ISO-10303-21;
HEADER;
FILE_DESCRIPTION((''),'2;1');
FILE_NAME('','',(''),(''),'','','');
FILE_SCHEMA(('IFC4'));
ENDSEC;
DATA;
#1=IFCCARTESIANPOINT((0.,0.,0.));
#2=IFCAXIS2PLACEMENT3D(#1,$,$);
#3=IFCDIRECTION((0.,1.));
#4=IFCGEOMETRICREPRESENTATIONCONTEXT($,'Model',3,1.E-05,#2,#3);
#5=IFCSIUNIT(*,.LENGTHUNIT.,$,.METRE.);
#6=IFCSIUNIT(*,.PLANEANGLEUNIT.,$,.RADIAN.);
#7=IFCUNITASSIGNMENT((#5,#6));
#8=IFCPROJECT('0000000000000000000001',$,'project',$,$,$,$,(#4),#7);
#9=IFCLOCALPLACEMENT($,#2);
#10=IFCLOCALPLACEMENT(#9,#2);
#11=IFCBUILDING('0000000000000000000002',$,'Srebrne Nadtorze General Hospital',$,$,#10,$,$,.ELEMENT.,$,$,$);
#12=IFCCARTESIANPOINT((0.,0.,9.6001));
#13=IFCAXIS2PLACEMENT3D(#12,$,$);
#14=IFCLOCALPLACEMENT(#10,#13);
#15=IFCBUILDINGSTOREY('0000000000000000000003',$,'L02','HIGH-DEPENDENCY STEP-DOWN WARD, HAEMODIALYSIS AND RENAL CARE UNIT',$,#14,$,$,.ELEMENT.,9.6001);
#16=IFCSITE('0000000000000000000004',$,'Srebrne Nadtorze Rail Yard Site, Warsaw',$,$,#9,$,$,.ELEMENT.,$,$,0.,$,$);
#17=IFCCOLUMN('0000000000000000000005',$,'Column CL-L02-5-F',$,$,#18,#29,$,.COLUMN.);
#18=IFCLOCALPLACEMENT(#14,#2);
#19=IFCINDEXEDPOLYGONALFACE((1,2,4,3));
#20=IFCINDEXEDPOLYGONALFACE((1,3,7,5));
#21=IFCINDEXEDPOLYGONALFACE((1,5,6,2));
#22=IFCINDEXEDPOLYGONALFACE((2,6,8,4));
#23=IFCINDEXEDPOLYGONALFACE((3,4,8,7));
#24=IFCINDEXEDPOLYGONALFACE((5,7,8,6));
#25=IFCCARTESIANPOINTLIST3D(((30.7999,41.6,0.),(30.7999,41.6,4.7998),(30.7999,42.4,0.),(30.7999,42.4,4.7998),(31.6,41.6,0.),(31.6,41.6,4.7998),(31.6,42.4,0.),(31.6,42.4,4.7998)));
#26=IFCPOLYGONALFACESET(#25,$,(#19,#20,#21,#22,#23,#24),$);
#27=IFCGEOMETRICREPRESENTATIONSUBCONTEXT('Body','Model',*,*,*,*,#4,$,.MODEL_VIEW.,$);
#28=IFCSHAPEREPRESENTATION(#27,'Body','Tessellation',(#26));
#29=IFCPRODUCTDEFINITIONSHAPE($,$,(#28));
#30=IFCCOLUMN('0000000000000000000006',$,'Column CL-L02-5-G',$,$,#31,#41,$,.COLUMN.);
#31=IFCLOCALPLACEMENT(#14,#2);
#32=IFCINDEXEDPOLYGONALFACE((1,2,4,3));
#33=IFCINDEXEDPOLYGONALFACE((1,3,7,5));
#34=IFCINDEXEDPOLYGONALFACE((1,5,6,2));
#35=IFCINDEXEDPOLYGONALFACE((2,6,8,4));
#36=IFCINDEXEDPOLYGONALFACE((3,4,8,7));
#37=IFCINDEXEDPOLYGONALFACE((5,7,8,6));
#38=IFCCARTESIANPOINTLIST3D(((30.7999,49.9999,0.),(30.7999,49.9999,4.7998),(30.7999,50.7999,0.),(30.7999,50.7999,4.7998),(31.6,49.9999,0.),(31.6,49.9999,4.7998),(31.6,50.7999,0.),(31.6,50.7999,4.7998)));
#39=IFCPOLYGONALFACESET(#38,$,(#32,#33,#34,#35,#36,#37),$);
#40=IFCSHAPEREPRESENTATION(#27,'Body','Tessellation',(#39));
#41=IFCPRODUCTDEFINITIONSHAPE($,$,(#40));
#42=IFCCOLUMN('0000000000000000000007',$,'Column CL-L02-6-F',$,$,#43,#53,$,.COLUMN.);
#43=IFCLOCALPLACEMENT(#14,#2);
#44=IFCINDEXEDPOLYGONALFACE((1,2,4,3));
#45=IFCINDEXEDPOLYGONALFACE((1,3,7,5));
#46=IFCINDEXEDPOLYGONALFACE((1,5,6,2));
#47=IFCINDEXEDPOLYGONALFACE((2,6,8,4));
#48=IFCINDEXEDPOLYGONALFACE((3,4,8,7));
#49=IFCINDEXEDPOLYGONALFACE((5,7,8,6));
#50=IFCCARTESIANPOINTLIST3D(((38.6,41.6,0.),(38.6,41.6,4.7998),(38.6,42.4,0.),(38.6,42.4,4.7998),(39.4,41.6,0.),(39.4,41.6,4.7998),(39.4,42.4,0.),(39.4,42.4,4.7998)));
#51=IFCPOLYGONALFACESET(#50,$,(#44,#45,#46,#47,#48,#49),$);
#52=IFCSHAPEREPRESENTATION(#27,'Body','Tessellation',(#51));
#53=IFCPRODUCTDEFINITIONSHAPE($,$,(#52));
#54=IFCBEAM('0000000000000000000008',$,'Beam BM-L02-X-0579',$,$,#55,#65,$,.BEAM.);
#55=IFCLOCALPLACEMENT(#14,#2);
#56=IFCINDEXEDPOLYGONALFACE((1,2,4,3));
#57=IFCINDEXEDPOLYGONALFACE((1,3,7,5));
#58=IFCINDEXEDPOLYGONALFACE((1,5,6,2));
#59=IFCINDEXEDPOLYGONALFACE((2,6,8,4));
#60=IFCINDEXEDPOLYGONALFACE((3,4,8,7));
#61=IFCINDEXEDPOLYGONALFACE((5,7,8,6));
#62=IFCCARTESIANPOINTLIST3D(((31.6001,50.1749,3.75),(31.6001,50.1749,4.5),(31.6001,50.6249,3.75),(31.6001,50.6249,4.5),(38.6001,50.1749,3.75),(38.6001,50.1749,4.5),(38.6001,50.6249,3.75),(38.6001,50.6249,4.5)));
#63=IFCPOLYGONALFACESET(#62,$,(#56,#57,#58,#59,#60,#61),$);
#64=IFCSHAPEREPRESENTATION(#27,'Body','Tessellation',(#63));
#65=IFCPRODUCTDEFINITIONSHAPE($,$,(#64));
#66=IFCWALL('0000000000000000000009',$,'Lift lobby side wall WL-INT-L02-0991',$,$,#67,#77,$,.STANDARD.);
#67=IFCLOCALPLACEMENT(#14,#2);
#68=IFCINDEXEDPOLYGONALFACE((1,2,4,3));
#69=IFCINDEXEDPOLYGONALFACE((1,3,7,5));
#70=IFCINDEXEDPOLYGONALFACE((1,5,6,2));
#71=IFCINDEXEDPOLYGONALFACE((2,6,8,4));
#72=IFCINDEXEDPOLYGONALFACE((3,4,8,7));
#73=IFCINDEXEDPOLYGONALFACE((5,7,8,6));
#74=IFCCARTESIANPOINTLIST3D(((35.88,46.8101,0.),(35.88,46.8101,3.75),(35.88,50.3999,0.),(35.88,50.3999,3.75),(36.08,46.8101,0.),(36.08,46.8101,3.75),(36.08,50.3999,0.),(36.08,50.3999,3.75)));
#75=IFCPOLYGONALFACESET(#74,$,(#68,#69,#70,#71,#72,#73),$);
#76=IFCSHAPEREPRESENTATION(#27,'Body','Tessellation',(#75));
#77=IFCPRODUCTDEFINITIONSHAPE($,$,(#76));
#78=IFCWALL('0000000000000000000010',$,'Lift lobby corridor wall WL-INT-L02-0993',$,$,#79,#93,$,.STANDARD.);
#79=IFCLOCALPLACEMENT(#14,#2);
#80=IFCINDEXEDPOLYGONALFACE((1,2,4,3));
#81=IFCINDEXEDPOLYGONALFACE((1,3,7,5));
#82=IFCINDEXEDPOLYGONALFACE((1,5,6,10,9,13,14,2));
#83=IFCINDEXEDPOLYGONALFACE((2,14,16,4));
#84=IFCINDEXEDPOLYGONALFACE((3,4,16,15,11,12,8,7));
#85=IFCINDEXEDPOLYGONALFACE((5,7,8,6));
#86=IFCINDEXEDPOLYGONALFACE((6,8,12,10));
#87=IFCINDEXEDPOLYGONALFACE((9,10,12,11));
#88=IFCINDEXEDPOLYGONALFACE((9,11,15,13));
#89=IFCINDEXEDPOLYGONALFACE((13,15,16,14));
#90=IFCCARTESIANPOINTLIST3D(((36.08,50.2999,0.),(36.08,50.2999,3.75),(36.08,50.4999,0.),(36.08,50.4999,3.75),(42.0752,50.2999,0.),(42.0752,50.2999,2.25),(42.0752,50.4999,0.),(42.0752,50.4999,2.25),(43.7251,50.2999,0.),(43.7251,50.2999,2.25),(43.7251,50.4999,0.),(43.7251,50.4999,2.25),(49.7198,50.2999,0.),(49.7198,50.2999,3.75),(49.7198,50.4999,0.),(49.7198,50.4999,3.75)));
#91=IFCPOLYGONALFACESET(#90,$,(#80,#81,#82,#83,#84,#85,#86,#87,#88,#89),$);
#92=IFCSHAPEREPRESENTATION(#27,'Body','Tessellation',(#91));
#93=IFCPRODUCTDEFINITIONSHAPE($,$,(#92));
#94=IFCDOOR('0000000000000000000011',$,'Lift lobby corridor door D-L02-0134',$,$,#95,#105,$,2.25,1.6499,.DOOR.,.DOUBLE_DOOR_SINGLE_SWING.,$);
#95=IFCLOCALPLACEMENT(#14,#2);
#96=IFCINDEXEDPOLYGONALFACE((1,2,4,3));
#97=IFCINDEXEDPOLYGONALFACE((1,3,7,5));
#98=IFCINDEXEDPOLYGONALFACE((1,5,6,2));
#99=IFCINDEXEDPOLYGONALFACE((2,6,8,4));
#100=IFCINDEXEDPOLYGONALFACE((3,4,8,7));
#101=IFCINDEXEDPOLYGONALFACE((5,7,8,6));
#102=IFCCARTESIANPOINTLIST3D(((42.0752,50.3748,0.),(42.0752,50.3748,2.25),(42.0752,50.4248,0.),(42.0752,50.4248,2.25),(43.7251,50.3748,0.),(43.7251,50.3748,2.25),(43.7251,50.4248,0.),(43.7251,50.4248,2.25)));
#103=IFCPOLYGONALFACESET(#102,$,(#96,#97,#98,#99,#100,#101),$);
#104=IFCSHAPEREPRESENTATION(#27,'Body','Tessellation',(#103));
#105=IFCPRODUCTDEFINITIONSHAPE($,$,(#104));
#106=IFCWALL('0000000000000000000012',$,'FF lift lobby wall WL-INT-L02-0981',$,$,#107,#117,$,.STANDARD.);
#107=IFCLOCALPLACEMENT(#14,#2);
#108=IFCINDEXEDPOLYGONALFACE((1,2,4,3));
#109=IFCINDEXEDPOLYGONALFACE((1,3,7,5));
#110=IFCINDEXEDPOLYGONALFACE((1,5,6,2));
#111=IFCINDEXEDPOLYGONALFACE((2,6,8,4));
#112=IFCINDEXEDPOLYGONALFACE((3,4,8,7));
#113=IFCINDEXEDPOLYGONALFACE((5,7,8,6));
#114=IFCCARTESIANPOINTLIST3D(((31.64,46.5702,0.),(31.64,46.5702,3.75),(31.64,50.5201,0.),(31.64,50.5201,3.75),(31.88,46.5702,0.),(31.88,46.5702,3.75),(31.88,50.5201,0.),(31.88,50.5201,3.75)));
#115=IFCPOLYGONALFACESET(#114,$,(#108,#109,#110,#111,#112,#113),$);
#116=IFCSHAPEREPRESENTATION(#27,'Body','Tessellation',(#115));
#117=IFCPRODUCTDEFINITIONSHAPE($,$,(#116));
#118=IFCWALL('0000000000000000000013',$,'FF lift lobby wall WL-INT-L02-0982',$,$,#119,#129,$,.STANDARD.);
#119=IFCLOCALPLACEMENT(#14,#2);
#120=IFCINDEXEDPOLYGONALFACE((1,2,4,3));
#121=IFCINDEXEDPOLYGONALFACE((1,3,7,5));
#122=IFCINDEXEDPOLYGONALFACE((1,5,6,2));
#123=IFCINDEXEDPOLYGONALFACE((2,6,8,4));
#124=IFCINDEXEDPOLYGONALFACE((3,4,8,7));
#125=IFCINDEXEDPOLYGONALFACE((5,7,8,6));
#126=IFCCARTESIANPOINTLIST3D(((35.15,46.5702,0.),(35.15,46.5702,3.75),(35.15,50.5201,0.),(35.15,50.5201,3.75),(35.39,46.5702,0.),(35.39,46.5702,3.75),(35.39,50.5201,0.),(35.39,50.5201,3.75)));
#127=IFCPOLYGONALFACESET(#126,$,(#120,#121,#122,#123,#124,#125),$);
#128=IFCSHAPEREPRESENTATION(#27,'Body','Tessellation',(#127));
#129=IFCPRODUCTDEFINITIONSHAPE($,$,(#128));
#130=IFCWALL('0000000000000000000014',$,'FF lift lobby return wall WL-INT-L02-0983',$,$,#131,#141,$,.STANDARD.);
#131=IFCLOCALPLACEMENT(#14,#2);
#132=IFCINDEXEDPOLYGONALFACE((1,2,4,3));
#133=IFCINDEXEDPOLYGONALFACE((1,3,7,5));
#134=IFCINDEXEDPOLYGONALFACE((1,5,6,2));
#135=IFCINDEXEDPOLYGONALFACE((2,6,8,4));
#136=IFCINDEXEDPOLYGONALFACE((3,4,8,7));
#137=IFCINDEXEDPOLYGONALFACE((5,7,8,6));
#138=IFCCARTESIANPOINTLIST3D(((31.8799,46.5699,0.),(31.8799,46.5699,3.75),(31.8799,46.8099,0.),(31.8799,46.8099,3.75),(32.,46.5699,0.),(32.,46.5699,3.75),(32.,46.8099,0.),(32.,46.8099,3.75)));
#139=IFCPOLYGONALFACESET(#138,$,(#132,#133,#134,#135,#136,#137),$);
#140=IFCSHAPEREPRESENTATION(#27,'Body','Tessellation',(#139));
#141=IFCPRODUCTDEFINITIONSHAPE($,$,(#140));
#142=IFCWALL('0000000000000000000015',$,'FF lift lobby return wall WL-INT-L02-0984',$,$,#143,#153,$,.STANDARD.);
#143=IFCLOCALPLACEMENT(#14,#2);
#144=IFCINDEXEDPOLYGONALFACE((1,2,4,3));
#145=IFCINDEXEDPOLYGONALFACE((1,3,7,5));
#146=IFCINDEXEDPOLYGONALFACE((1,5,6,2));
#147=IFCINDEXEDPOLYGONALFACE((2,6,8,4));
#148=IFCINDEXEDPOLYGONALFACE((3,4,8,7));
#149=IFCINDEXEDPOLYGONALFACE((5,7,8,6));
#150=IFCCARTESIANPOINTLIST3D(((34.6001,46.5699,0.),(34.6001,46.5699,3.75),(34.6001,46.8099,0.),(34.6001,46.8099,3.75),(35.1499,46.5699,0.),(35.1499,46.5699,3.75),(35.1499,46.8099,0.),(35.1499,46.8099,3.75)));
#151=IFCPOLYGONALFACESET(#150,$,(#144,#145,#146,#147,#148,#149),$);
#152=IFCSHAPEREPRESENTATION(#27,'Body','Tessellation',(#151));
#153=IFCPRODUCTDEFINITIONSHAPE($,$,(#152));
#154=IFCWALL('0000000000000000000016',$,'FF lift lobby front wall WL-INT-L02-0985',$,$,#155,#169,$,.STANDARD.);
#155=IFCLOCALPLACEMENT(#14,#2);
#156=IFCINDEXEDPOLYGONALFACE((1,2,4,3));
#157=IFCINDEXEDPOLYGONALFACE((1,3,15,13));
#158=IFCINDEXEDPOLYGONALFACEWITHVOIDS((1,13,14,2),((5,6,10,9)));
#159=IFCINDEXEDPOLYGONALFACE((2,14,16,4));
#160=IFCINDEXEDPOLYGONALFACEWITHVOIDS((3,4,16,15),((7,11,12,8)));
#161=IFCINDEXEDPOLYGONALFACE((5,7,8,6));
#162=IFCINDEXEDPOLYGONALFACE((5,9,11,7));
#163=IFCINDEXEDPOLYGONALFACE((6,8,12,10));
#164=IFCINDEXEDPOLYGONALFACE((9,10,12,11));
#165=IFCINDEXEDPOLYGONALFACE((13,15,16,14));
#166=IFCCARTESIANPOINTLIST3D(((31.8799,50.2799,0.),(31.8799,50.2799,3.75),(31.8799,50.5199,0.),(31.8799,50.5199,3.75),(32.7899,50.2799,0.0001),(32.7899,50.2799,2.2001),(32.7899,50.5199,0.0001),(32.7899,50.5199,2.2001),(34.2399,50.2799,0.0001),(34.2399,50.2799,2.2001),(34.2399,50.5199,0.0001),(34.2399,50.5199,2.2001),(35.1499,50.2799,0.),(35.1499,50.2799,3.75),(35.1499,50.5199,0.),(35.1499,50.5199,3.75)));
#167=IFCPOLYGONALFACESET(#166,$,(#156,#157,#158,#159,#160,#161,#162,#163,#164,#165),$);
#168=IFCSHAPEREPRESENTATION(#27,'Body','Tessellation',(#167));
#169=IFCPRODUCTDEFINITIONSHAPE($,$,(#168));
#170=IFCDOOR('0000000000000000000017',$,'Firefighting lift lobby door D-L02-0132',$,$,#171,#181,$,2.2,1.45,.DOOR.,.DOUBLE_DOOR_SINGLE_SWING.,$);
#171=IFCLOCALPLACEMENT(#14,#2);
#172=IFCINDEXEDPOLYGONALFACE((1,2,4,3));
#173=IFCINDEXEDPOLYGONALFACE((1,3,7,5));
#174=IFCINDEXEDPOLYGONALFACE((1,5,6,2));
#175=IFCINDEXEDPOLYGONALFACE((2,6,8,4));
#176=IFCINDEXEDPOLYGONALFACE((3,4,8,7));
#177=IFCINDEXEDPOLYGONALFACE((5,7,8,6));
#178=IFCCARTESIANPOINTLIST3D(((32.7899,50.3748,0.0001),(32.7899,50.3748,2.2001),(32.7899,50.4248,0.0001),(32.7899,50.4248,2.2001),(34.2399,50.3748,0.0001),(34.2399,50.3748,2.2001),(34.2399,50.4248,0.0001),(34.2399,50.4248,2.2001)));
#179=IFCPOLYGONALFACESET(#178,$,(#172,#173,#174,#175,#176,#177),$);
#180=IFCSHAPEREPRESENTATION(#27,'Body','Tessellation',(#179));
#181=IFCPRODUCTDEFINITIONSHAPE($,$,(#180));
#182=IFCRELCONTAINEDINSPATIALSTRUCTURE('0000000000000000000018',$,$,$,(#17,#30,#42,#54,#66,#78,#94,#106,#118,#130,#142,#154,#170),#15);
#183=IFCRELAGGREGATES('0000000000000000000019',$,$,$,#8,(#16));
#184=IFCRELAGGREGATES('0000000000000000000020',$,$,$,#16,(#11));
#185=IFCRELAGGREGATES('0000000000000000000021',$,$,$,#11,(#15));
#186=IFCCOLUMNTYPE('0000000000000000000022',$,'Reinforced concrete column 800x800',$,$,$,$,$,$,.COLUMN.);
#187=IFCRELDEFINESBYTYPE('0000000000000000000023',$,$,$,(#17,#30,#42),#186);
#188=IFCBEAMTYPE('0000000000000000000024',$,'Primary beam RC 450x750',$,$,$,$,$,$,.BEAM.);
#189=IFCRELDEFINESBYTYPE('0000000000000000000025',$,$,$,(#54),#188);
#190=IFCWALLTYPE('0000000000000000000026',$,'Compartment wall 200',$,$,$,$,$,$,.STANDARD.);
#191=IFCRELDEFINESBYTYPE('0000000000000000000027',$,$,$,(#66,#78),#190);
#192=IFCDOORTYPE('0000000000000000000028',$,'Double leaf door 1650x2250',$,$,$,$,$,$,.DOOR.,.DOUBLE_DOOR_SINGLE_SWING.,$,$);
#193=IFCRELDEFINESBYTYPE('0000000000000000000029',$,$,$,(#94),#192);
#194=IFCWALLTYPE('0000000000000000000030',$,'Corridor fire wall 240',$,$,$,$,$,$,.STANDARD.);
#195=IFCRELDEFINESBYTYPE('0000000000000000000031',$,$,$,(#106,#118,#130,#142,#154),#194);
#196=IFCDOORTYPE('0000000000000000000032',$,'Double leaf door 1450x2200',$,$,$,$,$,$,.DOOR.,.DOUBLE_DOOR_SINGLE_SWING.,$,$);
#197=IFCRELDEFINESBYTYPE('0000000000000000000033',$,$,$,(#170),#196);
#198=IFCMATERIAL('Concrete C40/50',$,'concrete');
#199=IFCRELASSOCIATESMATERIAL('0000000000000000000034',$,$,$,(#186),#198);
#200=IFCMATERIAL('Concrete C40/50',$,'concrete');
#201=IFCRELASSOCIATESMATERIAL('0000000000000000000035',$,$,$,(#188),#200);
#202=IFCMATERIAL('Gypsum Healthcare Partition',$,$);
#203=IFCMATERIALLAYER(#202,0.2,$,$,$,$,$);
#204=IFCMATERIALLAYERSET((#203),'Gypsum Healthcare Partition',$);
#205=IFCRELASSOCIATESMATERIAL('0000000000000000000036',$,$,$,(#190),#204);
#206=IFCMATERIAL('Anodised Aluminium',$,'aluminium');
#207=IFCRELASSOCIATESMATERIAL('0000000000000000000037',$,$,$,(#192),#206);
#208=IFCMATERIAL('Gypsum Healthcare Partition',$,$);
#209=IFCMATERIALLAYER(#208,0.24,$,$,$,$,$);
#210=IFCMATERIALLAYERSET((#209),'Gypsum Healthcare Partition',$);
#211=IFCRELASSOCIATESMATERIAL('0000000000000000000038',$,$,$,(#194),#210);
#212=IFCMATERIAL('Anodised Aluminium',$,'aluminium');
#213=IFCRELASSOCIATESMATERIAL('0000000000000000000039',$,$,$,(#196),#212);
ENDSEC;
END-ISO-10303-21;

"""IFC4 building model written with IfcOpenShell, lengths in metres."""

from ifc_helpers import new_model, si_unit, direction, frame, frame_2d, origin, origin_2d, place, context, subcontext, project, spatial, rectangle, extrude, material, layer, layer_set, material_profile, profile_set, type_object, element, fill, save


model = new_model("IFC4")

# Units and contexts
model_context = context("Model", 3, precision=1e-05, world=origin(), true_north=direction((0.0, 1.0)))
body_context = subcontext(model_context, "Body", "Model", "MODEL_VIEW")
ifc_project = project(units=[si_unit("LENGTHUNIT", "METRE"), si_unit("PLANEANGLEUNIT", "RADIAN")], contexts=[model_context])

# Site, building, storey
site_placement = place(None, origin())
site = spatial("IfcSite", under=ifc_project, at=site_placement, Name="Srebrne Nadtorze Rail Yard Site, Warsaw", CompositionType="ELEMENT", RefElevation=0.0)
building_placement = place(site_placement, origin())
building = spatial("IfcBuilding", under=site, at=building_placement, Name="Srebrne Nadtorze General Hospital", CompositionType="ELEMENT")
storey_placement = place(building_placement, frame((0.0, 0.0, 9.6001)))
storey = spatial("IfcBuildingStorey", under=building, at=storey_placement, Name="L02", Description="HIGH-DEPENDENCY STEP-DOWN WARD, HAEMODIALYSIS AND RENAL CARE UNIT", CompositionType="ELEMENT", Elevation=9.6001)

# Columns
ifc_material_1 = material(Name="Concrete C40/50", Category="concrete")
ifc_material_profile_1 = material_profile(ifc_material_1, rectangle(XDim=0.8, YDim=0.8, at=origin_2d()), Name="RC-COL-800x800")
ifc_profile_set_1 = profile_set([ifc_material_profile_1], Name="Concrete C40/50")
column_type = type_object("IfcColumnType", Name="Reinforced concrete column 800x800", PredefinedType="COLUMN", material=ifc_profile_set_1)
for number, where, z_axis, x_axis, name in (
    (1, (31.2, 42.0, 0.0), (0.0, 0.0, 1.0), (1.0, 0.0, 0.0), "Column CL-L02-5-F"),
    (2, (31.2, 50.3999, 0.0), (0.0, 0.0, 1.0), (1.0, 0.0, 0.0), "Column CL-L02-5-G"),
    (3, (39.0, 42.0, 0.0), (0.0, 0.0, 1.0), (1.0, 0.0, 0.0), "Column CL-L02-6-F"),
):
    element("IfcColumn", number, at=place(storey_placement, frame(where, z_axis=z_axis, x_axis=x_axis)), inside=storey, type_object=column_type, Name=name, PredefinedType="COLUMN", context=body_context, shape_type="SweptSolid", body=[
        extrude(rectangle(XDim=0.8, YDim=0.8, at=origin_2d()), origin(), (0.0, 0.0, 1.0), 4.7998),
    ])

# Beam
ifc_material_2 = material(Name="Concrete C40/50", Category="concrete")
ifc_material_profile_2 = material_profile(ifc_material_2, rectangle(XDim=0.45, YDim=0.75, at=origin_2d()), Name="RC-BM-450x750")
ifc_profile_set_2 = profile_set([ifc_material_profile_2], Name="Concrete C40/50")
beam_type = type_object("IfcBeamType", Name="Primary beam RC 450x750", PredefinedType="BEAM", material=ifc_profile_set_2)
beam_placement = place(storey_placement, frame((31.6001, 50.3999, 4.125), z_axis=(1.0, 0.0, 0.0), x_axis=(0.0, 1.0, 0.0)))
element("IfcBeam", 4, at=beam_placement, inside=storey, type_object=beam_type, Name="Beam BM-L02-X-0579", PredefinedType="BEAM", context=body_context, shape_type="SweptSolid", body=[
    extrude(rectangle(XDim=0.45, YDim=0.75, at=origin_2d()), origin(), (0.0, 0.0, 1.0), 7.0),
])

# Wall
ifc_material_3 = material(Name="Gypsum Healthcare Partition")
ifc_layer_1 = layer(ifc_material_3, 0.2)
ifc_layer_set_1 = layer_set([ifc_layer_1], Name="Gypsum Healthcare Partition")
wall_type_1 = type_object("IfcWallType", Name="Compartment wall 200", PredefinedType="STANDARD", material=ifc_layer_set_1)
wall_1_placement = place(storey_placement, frame((35.98, 46.8101, 0.0), z_axis=(0.0, 0.0, 1.0), x_axis=(0.0, 1.0, 0.0)))
element("IfcWall", 5, at=wall_1_placement, inside=storey, type_object=wall_type_1, Name="Lift lobby side wall WL-INT-L02-0991", PredefinedType="STANDARD", context=body_context, shape_type="SweptSolid", body=[
    extrude(rectangle(XDim=3.5898, YDim=0.2, at=frame_2d((1.7949, 0.0))), origin(), (0.0, 0.0, 1.0), 3.75),
])

# Wall, opening, door
wall_2_placement = place(storey_placement, frame((36.0801, 50.3999, 0.0), z_axis=(0.0, 0.0, 1.0), x_axis=(1.0, 0.0, 0.0)))
wall_2 = element("IfcWall", 6, at=wall_2_placement, inside=storey, type_object=wall_type_1, Name="Lift lobby corridor wall WL-INT-L02-0993", PredefinedType="STANDARD", context=body_context, shape_type="SweptSolid", body=[
    extrude(rectangle(XDim=13.6399, YDim=0.2, at=frame_2d((6.8198, 0.0))), origin(), (0.0, 0.0, 1.0), 3.75),
])
opening_1_placement = place(wall_2_placement, frame((5.9951, 0.0, 0.0)))
opening_1 = element("IfcOpeningElement", 7, at=opening_1_placement, cuts=wall_2, PredefinedType="OPENING", context=body_context, shape_type="SweptSolid", body=[
    extrude(rectangle(XDim=1.6499, YDim=2.25, at=frame_2d((0.825, 1.125))), frame((0.0, 0.1118, 0.0), z_axis=(0.0, -1.0, 0.0), x_axis=(1.0, 0.0, 0.0)), (0.0, 0.0, 1.0), 0.2239),
])
ifc_material_4 = material(Name="Anodised Aluminium", Category="aluminium")
door_type_1 = type_object("IfcDoorType", Name="Double leaf door 1650x2250", OperationType="DOUBLE_DOOR_SINGLE_SWING", PredefinedType="DOOR", material=ifc_material_4)
door_1_placement = place(opening_1_placement, origin())
door_1 = element("IfcDoor", 8, at=door_1_placement, inside=storey, type_object=door_type_1, Name="Lift lobby corridor door D-L02-0134", OperationType="DOUBLE_DOOR_SINGLE_SWING", OverallHeight=2.25, OverallWidth=1.6499, PredefinedType="DOOR", context=body_context, shape_type="SweptSolid", body=[
    extrude(rectangle(XDim=1.6499, YDim=2.25, at=frame_2d((0.825, 1.125))), frame((0.0, 0.0249, 0.0), z_axis=(0.0, -1.0, 0.0), x_axis=(1.0, 0.0, 0.0)), (0.0, 0.0, 1.0), 0.05),
])
fill(opening_1, door_1)

# Walls
ifc_material_5 = material(Name="Gypsum Healthcare Partition")
ifc_layer_2 = layer(ifc_material_5, 0.24)
ifc_layer_set_2 = layer_set([ifc_layer_2], Name="Gypsum Healthcare Partition")
wall_type_2 = type_object("IfcWallType", Name="Corridor fire wall 240", PredefinedType="STANDARD", material=ifc_layer_set_2)
for number, where, z_axis, x_axis, name in (
    (9, (31.76, 46.5701, 0.0), (0.0, 0.0, 1.0), (0.0, 1.0, 0.0), "FF lift lobby wall WL-INT-L02-0981"),
    (10, (35.27, 46.5701, 0.0), (0.0, 0.0, 1.0), (0.0, 1.0, 0.0), "FF lift lobby wall WL-INT-L02-0982"),
):
    element("IfcWall", number, at=place(storey_placement, frame(where, z_axis=z_axis, x_axis=x_axis)), inside=storey, type_object=wall_type_2, Name=name, PredefinedType="STANDARD", context=body_context, shape_type="SweptSolid", body=[
        extrude(rectangle(XDim=3.95, YDim=0.24, at=frame_2d((1.9751, 0.0))), origin(), (0.0, 0.0, 1.0), 3.75),
    ])
wall_3_placement = place(storey_placement, frame((31.8799, 46.6899, 0.0), z_axis=(0.0, 0.0, 1.0), x_axis=(1.0, 0.0, 0.0)))
element("IfcWall", 11, at=wall_3_placement, inside=storey, type_object=wall_type_2, Name="FF lift lobby return wall WL-INT-L02-0983", PredefinedType="STANDARD", context=body_context, shape_type="SweptSolid", body=[
    extrude(rectangle(XDim=0.1201, YDim=0.24, at=frame_2d((0.0601, 0.0))), origin(), (0.0, 0.0, 1.0), 3.75),
])
wall_4_placement = place(storey_placement, frame((34.6001, 46.6899, 0.0), z_axis=(0.0, 0.0, 1.0), x_axis=(1.0, 0.0, 0.0)))
element("IfcWall", 12, at=wall_4_placement, inside=storey, type_object=wall_type_2, Name="FF lift lobby return wall WL-INT-L02-0984", PredefinedType="STANDARD", context=body_context, shape_type="SweptSolid", body=[
    extrude(rectangle(XDim=0.5498, YDim=0.24, at=frame_2d((0.2749, 0.0))), origin(), (0.0, 0.0, 1.0), 3.75),
])

# Wall, opening, door
wall_5_placement = place(storey_placement, frame((31.8799, 50.3999, 0.0), z_axis=(0.0, 0.0, 1.0), x_axis=(1.0, 0.0, 0.0)))
wall_5 = element("IfcWall", 13, at=wall_5_placement, inside=storey, type_object=wall_type_2, Name="FF lift lobby front wall WL-INT-L02-0985", PredefinedType="STANDARD", context=body_context, shape_type="SweptSolid", body=[
    extrude(rectangle(XDim=3.27, YDim=0.24, at=frame_2d((1.635, 0.0))), origin(), (0.0, 0.0, 1.0), 3.75),
])
opening_2_placement = place(wall_5_placement, frame((0.9099, 0.0, 0.0)))
opening_2 = element("IfcOpeningElement", 14, at=opening_2_placement, cuts=wall_5, PredefinedType="OPENING", context=body_context, shape_type="SweptSolid", body=[
    extrude(rectangle(XDim=1.45, YDim=2.2, at=frame_2d((0.7251, 1.1001))), frame((0.0, 0.1318, 0.0), z_axis=(0.0, -1.0, 0.0), x_axis=(1.0, 0.0, 0.0)), (0.0, 0.0, 1.0), 0.2639),
])
ifc_material_6 = material(Name="Anodised Aluminium", Category="aluminium")
door_type_2 = type_object("IfcDoorType", Name="Double leaf door 1450x2200", OperationType="DOUBLE_DOOR_SINGLE_SWING", PredefinedType="DOOR", material=ifc_material_6)
door_2_placement = place(opening_2_placement, origin())
door_2 = element("IfcDoor", 15, at=door_2_placement, inside=storey, type_object=door_type_2, Name="Firefighting lift lobby door D-L02-0132", OperationType="DOUBLE_DOOR_SINGLE_SWING", OverallHeight=2.2, OverallWidth=1.45, PredefinedType="DOOR", context=body_context, shape_type="SweptSolid", body=[
    extrude(rectangle(XDim=1.45, YDim=2.2, at=frame_2d((0.7251, 1.1001))), frame((0.0, 0.0249, 0.0), z_axis=(0.0, -1.0, 0.0), x_axis=(1.0, 0.0, 0.0)), (0.0, 0.0, 1.0), 0.05),
])
fill(opening_2, door_2)

save(model, "model.ifc")
